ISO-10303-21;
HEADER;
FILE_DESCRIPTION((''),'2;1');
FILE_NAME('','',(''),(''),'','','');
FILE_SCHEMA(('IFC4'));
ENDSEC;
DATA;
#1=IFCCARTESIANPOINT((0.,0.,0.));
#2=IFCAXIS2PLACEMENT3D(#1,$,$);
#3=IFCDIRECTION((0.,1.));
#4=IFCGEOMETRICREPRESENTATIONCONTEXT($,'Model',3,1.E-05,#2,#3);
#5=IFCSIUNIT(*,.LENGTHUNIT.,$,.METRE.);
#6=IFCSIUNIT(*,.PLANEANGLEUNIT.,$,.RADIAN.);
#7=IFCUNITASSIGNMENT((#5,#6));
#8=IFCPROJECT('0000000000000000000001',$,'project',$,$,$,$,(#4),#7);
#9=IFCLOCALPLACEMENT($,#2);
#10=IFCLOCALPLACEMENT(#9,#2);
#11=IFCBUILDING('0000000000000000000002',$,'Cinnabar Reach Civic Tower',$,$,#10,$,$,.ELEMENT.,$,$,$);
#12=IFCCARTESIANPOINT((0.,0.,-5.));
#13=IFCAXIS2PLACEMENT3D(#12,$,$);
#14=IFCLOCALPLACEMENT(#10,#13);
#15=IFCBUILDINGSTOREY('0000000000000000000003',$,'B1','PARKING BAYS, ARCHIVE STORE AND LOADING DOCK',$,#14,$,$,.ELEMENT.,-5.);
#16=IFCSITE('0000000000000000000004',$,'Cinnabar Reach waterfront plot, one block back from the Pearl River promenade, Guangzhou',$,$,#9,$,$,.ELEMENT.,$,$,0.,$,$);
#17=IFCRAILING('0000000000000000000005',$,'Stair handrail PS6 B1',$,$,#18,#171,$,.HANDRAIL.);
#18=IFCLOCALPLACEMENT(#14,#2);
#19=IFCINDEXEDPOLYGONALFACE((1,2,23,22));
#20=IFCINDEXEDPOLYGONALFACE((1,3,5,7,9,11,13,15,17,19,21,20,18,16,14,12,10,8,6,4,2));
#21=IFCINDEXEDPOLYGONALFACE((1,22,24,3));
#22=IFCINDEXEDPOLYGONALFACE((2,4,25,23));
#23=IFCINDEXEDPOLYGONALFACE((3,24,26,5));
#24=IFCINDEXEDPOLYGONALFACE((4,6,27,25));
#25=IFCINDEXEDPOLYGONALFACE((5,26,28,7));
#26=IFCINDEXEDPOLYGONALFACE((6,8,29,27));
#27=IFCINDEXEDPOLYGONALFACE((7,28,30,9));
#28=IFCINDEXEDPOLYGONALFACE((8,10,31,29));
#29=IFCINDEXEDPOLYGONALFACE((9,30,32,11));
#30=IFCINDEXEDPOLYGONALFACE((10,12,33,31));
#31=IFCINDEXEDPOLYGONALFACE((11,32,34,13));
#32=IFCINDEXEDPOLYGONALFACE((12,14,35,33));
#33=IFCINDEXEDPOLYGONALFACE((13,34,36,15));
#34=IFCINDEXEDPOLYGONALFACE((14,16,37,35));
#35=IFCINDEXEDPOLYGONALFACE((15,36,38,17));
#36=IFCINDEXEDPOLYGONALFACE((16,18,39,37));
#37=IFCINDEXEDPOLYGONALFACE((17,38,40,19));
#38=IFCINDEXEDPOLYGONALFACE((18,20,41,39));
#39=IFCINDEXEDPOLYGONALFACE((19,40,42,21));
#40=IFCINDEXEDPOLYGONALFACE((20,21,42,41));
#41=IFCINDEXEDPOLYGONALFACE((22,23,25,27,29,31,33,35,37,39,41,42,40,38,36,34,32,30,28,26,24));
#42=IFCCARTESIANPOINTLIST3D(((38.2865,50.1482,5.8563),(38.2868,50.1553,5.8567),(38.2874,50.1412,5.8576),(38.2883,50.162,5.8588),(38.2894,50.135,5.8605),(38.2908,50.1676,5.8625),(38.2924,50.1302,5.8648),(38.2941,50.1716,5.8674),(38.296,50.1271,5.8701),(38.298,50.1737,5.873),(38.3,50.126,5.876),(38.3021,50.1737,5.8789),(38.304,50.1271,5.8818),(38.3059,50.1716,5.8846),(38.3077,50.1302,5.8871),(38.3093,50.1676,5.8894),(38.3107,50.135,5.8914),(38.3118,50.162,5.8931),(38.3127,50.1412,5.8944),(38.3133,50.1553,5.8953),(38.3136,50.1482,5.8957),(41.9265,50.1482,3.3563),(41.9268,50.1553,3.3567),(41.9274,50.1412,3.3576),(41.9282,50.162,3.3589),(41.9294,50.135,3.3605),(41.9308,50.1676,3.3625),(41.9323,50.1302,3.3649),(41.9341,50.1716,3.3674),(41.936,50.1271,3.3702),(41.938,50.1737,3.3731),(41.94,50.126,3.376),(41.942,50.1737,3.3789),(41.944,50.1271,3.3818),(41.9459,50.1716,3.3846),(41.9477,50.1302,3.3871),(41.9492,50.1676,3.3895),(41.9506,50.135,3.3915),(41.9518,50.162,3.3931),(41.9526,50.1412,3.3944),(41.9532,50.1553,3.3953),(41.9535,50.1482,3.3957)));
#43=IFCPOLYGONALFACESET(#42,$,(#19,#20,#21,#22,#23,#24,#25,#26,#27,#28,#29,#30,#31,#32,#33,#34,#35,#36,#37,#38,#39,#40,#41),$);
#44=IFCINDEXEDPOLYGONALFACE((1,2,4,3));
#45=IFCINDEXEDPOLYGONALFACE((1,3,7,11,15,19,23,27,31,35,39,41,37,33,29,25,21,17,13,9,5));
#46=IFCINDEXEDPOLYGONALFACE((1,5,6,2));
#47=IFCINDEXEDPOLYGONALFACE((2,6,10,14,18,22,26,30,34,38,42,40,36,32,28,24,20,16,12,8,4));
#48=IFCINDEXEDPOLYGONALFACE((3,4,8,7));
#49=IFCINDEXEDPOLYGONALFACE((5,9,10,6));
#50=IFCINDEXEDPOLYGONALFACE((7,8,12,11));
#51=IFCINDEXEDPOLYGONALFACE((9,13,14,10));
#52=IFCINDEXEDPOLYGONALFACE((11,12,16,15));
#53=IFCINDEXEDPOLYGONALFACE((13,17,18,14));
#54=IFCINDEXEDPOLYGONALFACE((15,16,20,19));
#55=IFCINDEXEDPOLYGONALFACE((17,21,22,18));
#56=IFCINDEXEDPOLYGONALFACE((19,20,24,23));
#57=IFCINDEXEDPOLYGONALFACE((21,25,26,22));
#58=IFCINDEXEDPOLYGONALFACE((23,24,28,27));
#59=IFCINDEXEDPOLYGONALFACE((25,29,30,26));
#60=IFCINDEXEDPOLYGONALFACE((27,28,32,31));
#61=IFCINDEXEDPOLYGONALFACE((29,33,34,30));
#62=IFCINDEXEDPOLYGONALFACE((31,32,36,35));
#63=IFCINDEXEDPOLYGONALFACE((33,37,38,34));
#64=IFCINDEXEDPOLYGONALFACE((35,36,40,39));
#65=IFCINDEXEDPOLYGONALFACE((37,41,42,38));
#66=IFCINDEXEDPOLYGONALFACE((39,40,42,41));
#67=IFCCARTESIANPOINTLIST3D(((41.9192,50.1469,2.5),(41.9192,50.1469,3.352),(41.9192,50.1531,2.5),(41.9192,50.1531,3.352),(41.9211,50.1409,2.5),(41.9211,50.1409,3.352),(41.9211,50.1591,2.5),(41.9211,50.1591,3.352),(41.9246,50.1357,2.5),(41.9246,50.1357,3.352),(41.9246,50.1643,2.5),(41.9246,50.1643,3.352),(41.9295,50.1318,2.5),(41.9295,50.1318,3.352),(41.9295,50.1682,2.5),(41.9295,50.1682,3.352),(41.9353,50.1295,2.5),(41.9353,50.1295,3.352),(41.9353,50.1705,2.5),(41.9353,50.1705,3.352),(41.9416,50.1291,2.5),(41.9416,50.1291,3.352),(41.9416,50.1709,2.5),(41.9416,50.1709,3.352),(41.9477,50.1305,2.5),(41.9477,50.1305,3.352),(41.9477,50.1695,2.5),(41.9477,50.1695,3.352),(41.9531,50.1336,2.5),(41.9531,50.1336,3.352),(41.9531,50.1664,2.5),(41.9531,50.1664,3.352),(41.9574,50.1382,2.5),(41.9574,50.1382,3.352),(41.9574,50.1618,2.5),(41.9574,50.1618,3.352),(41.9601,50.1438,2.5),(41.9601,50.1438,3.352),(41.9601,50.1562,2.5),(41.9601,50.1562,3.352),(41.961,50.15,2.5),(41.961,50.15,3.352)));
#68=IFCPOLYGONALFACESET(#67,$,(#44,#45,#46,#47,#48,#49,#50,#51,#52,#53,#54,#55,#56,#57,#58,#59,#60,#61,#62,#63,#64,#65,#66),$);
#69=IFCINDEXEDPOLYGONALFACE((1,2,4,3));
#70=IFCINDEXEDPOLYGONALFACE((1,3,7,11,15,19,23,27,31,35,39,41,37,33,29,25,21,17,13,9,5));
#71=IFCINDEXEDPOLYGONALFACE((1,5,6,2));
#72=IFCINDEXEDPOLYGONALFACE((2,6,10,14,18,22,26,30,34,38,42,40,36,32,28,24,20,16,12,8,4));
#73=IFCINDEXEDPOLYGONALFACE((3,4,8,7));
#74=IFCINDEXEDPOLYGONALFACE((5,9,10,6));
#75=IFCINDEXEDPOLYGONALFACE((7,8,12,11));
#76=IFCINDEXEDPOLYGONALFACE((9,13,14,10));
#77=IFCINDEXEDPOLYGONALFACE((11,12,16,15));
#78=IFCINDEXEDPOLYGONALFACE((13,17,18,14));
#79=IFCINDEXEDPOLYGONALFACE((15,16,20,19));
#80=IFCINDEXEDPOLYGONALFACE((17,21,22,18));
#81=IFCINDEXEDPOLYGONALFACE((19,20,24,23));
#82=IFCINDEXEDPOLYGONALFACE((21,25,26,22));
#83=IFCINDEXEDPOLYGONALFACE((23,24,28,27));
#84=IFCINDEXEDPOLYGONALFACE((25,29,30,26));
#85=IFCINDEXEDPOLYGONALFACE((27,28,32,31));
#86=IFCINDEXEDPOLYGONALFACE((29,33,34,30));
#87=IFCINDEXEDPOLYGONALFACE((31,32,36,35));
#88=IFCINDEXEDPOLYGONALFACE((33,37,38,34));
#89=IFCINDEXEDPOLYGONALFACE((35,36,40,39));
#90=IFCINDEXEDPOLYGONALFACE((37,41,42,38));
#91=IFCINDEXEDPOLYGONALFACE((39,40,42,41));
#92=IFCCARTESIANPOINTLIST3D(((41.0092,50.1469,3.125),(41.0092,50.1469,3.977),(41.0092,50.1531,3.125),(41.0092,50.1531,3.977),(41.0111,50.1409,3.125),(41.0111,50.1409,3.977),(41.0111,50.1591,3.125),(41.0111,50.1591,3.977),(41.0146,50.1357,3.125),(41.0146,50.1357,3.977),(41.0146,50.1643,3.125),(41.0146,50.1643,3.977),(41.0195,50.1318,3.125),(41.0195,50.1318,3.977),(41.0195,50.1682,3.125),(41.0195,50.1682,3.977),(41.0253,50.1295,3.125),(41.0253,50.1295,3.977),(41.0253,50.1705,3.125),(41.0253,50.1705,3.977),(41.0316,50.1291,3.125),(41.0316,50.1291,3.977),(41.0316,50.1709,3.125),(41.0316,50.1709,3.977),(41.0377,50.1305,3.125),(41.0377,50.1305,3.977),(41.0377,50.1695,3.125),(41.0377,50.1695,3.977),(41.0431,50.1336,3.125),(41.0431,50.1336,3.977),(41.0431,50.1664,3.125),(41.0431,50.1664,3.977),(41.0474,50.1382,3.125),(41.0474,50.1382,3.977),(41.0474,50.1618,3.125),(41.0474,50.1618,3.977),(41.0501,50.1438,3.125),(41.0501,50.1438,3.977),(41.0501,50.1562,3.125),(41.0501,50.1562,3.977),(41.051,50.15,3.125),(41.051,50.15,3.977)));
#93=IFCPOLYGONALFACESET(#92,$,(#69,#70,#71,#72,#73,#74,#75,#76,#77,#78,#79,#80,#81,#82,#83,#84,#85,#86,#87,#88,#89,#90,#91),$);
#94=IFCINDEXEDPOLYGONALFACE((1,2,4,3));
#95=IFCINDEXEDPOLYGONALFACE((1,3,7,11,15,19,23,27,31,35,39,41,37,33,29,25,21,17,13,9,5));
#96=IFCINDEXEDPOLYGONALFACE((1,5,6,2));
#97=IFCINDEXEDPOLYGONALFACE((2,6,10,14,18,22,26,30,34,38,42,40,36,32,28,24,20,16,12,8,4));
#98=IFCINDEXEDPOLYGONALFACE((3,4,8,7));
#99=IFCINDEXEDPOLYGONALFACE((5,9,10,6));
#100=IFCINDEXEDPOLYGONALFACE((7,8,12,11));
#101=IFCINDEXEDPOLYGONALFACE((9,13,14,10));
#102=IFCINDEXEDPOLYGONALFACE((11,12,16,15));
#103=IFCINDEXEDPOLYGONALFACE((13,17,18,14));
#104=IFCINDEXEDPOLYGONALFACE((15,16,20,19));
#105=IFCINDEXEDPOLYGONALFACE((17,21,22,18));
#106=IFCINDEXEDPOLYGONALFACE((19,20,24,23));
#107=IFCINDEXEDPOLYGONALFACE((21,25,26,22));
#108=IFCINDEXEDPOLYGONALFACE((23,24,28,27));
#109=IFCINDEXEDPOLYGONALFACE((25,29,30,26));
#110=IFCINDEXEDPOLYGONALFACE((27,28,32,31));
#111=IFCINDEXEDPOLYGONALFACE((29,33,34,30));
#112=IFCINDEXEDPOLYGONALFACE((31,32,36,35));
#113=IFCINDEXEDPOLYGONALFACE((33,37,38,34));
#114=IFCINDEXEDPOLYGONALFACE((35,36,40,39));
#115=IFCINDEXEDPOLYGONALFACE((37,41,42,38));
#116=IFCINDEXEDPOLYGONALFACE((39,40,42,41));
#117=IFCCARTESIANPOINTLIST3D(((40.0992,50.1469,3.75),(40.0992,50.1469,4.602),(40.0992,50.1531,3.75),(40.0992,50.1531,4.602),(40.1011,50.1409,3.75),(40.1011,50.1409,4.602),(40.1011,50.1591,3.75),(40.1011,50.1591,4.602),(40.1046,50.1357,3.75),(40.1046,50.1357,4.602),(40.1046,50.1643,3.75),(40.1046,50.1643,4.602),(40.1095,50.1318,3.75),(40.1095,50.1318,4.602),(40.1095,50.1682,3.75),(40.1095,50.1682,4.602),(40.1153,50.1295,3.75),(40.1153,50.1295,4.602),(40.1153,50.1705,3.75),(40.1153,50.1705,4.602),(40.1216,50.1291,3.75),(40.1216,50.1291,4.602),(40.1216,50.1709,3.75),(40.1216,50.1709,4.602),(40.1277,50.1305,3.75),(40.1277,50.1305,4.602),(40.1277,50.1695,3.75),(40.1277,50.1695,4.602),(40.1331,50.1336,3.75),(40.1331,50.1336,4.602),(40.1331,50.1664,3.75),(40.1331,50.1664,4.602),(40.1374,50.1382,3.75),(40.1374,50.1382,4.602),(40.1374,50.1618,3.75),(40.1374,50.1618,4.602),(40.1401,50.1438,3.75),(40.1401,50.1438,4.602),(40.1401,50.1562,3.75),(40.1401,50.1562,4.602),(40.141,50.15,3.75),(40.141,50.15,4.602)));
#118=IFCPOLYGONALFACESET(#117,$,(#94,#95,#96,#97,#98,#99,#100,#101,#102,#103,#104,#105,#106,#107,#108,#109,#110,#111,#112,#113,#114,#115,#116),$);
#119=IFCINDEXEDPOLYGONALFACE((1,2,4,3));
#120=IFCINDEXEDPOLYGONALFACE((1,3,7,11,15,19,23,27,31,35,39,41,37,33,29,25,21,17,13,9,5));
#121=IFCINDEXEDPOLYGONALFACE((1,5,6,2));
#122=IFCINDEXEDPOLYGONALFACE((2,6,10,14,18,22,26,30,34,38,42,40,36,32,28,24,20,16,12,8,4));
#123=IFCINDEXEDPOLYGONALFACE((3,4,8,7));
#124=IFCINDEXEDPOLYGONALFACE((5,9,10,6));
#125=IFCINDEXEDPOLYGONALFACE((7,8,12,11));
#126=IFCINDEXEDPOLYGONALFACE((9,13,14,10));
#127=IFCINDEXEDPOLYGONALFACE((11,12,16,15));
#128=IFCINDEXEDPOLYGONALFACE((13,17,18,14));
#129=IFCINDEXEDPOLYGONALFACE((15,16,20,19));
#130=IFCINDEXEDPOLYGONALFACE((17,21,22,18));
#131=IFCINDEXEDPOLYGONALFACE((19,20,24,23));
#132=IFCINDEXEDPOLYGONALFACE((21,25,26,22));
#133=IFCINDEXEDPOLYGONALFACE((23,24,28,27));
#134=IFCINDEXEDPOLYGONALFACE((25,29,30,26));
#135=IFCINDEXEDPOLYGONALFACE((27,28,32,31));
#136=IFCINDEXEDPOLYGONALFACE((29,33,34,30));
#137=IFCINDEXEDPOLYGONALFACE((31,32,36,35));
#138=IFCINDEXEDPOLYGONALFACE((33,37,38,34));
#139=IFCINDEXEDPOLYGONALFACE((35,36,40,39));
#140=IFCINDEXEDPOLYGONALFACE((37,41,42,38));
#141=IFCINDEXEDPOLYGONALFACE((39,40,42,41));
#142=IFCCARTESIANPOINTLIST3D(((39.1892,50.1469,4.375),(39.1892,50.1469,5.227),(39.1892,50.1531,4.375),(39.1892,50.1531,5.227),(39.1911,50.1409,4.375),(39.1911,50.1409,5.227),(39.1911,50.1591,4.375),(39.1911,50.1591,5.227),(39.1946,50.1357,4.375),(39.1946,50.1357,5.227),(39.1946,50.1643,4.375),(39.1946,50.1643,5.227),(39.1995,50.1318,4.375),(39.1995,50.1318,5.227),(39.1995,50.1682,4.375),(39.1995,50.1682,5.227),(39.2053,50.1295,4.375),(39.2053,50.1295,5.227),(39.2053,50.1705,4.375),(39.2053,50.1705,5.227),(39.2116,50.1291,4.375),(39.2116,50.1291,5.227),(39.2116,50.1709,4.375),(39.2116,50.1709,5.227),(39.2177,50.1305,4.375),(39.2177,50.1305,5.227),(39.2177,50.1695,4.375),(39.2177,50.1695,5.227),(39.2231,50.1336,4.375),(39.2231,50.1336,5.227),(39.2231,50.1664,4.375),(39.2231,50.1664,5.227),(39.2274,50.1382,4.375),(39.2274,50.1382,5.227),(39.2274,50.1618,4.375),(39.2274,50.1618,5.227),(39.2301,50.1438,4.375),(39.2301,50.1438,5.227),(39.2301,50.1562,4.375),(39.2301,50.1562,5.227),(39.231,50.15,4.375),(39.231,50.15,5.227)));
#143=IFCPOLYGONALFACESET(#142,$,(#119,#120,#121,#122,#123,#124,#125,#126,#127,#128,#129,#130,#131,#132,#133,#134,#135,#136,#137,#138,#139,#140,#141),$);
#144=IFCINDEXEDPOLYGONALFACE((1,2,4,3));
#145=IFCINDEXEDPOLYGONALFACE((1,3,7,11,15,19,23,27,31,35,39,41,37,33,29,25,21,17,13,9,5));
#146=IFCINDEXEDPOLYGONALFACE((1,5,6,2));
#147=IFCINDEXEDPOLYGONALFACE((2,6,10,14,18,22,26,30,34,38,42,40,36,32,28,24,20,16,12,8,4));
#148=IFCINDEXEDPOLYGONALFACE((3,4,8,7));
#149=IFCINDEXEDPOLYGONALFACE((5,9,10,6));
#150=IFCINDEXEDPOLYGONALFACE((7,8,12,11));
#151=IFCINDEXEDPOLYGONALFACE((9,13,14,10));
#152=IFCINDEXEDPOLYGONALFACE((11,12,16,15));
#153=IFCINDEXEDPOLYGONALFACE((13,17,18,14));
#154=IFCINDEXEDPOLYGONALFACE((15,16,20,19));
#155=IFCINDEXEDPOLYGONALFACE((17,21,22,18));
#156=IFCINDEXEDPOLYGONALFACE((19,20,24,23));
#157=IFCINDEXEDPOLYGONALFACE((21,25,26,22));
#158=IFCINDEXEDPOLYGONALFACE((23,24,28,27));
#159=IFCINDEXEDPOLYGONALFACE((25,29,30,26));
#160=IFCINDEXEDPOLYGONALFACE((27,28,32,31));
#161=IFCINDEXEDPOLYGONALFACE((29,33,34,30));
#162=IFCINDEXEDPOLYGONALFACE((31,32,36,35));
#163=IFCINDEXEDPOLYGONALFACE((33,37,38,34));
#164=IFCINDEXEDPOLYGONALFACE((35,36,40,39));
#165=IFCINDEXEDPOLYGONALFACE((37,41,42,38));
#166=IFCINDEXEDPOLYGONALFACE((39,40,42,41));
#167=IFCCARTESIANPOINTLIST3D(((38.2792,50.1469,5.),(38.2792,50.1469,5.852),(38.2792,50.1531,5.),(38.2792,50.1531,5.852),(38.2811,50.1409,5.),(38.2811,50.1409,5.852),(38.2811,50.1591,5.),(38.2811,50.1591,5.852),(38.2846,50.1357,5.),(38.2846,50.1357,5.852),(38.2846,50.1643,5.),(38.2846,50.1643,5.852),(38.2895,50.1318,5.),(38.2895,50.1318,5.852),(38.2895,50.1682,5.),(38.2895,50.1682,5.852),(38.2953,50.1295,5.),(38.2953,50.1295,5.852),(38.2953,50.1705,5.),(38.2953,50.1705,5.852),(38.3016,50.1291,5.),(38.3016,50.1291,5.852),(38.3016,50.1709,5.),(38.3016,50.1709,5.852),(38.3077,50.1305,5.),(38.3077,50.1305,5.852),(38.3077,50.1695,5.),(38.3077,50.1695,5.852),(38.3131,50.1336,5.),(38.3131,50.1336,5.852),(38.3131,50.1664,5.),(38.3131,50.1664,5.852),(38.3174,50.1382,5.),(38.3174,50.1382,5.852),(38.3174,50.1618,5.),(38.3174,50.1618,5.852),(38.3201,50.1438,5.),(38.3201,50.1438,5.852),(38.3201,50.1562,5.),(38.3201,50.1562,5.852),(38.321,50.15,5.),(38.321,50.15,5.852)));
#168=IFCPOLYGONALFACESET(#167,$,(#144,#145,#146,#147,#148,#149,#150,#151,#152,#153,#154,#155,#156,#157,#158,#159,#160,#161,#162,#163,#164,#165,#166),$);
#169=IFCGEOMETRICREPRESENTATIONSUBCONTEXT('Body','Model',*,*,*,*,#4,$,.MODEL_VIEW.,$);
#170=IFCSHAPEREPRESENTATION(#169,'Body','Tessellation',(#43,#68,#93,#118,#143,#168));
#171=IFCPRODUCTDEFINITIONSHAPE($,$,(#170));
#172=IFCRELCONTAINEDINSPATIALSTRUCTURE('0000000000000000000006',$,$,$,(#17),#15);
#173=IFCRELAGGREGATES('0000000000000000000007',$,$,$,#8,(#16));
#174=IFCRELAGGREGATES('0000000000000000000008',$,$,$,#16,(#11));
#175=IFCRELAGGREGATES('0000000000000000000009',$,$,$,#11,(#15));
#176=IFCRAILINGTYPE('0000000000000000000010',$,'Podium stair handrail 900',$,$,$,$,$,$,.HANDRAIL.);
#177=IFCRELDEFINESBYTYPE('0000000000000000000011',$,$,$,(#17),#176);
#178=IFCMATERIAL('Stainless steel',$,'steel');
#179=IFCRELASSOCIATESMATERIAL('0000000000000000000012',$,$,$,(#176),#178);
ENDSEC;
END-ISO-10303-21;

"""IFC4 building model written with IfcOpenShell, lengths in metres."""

from ifc_helpers import new_model, si_unit, direction, frame, origin, origin_2d, place, context, subcontext, project, spatial, circle, extrude, material, type_object, element, save


model = new_model("IFC4")

# Units and contexts
model_context = context("Model", 3, precision=1e-05, world=origin(), true_north=direction((0.0, 1.0)))
body_context = subcontext(model_context, "Body", "Model", "MODEL_VIEW")
ifc_project = project(units=[si_unit("LENGTHUNIT", "METRE"), si_unit("PLANEANGLEUNIT", "RADIAN")], contexts=[model_context])

# Site, building, storey
site_placement = place(None, origin())
site = spatial("IfcSite", under=ifc_project, at=site_placement, Name="Cinnabar Reach waterfront plot, one block back from the Pearl River promenade, Guangzhou", CompositionType="ELEMENT", RefElevation=0.0)
building_placement = place(site_placement, origin())
building = spatial("IfcBuilding", under=site, at=building_placement, Name="Cinnabar Reach Civic Tower", CompositionType="ELEMENT")
storey_placement = place(building_placement, frame((0.0, 0.0, -5.0)))
storey = spatial("IfcBuildingStorey", under=building, at=storey_placement, Name="B1", Description="PARKING BAYS, ARCHIVE STORE AND LOADING DOCK", CompositionType="ELEMENT", Elevation=-5.0)

# Railing
ifc_material_1 = material(Name="Stainless steel", Category="steel")
railing_type_1 = type_object("IfcRailingType", Name="Podium stair handrail 900", PredefinedType="HANDRAIL", material=ifc_material_1)
for number, where, name in (
    (1, (41.94, 50.15, 2.5), "Stair handrail PS6 B1"),
):
    element("IfcRailing", number, at=place(storey_placement, frame(where)), inside=storey, type_object=railing_type_1, Name=name, PredefinedType="HANDRAIL", context=body_context, shape_type="SweptSolid", body=[
        extrude(circle(Radius=0.024, at=origin_2d()), frame((0.0, 0.0, 0.876), z_axis=(-0.824306, 0.0, 0.566144), x_axis=(0.0, -1.0, 0.0)), (0.0, 0.0, 1.0), 4.4158),
        extrude(circle(Radius=0.021, at=origin_2d()), origin(), (0.0, 0.0, 1.0), 0.852),
        extrude(circle(Radius=0.021, at=origin_2d()), frame((-0.91, 0.0, 0.625)), (0.0, 0.0, 1.0), 0.852),
        extrude(circle(Radius=0.021, at=origin_2d()), frame((-1.82, 0.0, 1.25)), (0.0, 0.0, 1.0), 0.852),
        extrude(circle(Radius=0.021, at=origin_2d()), frame((-2.73, 0.0, 1.875)), (0.0, 0.0, 1.0), 0.852),
        extrude(circle(Radius=0.021, at=origin_2d()), frame((-3.64, 0.0, 2.5)), (0.0, 0.0, 1.0), 0.852),
    ])

save(model, "model.ifc")
